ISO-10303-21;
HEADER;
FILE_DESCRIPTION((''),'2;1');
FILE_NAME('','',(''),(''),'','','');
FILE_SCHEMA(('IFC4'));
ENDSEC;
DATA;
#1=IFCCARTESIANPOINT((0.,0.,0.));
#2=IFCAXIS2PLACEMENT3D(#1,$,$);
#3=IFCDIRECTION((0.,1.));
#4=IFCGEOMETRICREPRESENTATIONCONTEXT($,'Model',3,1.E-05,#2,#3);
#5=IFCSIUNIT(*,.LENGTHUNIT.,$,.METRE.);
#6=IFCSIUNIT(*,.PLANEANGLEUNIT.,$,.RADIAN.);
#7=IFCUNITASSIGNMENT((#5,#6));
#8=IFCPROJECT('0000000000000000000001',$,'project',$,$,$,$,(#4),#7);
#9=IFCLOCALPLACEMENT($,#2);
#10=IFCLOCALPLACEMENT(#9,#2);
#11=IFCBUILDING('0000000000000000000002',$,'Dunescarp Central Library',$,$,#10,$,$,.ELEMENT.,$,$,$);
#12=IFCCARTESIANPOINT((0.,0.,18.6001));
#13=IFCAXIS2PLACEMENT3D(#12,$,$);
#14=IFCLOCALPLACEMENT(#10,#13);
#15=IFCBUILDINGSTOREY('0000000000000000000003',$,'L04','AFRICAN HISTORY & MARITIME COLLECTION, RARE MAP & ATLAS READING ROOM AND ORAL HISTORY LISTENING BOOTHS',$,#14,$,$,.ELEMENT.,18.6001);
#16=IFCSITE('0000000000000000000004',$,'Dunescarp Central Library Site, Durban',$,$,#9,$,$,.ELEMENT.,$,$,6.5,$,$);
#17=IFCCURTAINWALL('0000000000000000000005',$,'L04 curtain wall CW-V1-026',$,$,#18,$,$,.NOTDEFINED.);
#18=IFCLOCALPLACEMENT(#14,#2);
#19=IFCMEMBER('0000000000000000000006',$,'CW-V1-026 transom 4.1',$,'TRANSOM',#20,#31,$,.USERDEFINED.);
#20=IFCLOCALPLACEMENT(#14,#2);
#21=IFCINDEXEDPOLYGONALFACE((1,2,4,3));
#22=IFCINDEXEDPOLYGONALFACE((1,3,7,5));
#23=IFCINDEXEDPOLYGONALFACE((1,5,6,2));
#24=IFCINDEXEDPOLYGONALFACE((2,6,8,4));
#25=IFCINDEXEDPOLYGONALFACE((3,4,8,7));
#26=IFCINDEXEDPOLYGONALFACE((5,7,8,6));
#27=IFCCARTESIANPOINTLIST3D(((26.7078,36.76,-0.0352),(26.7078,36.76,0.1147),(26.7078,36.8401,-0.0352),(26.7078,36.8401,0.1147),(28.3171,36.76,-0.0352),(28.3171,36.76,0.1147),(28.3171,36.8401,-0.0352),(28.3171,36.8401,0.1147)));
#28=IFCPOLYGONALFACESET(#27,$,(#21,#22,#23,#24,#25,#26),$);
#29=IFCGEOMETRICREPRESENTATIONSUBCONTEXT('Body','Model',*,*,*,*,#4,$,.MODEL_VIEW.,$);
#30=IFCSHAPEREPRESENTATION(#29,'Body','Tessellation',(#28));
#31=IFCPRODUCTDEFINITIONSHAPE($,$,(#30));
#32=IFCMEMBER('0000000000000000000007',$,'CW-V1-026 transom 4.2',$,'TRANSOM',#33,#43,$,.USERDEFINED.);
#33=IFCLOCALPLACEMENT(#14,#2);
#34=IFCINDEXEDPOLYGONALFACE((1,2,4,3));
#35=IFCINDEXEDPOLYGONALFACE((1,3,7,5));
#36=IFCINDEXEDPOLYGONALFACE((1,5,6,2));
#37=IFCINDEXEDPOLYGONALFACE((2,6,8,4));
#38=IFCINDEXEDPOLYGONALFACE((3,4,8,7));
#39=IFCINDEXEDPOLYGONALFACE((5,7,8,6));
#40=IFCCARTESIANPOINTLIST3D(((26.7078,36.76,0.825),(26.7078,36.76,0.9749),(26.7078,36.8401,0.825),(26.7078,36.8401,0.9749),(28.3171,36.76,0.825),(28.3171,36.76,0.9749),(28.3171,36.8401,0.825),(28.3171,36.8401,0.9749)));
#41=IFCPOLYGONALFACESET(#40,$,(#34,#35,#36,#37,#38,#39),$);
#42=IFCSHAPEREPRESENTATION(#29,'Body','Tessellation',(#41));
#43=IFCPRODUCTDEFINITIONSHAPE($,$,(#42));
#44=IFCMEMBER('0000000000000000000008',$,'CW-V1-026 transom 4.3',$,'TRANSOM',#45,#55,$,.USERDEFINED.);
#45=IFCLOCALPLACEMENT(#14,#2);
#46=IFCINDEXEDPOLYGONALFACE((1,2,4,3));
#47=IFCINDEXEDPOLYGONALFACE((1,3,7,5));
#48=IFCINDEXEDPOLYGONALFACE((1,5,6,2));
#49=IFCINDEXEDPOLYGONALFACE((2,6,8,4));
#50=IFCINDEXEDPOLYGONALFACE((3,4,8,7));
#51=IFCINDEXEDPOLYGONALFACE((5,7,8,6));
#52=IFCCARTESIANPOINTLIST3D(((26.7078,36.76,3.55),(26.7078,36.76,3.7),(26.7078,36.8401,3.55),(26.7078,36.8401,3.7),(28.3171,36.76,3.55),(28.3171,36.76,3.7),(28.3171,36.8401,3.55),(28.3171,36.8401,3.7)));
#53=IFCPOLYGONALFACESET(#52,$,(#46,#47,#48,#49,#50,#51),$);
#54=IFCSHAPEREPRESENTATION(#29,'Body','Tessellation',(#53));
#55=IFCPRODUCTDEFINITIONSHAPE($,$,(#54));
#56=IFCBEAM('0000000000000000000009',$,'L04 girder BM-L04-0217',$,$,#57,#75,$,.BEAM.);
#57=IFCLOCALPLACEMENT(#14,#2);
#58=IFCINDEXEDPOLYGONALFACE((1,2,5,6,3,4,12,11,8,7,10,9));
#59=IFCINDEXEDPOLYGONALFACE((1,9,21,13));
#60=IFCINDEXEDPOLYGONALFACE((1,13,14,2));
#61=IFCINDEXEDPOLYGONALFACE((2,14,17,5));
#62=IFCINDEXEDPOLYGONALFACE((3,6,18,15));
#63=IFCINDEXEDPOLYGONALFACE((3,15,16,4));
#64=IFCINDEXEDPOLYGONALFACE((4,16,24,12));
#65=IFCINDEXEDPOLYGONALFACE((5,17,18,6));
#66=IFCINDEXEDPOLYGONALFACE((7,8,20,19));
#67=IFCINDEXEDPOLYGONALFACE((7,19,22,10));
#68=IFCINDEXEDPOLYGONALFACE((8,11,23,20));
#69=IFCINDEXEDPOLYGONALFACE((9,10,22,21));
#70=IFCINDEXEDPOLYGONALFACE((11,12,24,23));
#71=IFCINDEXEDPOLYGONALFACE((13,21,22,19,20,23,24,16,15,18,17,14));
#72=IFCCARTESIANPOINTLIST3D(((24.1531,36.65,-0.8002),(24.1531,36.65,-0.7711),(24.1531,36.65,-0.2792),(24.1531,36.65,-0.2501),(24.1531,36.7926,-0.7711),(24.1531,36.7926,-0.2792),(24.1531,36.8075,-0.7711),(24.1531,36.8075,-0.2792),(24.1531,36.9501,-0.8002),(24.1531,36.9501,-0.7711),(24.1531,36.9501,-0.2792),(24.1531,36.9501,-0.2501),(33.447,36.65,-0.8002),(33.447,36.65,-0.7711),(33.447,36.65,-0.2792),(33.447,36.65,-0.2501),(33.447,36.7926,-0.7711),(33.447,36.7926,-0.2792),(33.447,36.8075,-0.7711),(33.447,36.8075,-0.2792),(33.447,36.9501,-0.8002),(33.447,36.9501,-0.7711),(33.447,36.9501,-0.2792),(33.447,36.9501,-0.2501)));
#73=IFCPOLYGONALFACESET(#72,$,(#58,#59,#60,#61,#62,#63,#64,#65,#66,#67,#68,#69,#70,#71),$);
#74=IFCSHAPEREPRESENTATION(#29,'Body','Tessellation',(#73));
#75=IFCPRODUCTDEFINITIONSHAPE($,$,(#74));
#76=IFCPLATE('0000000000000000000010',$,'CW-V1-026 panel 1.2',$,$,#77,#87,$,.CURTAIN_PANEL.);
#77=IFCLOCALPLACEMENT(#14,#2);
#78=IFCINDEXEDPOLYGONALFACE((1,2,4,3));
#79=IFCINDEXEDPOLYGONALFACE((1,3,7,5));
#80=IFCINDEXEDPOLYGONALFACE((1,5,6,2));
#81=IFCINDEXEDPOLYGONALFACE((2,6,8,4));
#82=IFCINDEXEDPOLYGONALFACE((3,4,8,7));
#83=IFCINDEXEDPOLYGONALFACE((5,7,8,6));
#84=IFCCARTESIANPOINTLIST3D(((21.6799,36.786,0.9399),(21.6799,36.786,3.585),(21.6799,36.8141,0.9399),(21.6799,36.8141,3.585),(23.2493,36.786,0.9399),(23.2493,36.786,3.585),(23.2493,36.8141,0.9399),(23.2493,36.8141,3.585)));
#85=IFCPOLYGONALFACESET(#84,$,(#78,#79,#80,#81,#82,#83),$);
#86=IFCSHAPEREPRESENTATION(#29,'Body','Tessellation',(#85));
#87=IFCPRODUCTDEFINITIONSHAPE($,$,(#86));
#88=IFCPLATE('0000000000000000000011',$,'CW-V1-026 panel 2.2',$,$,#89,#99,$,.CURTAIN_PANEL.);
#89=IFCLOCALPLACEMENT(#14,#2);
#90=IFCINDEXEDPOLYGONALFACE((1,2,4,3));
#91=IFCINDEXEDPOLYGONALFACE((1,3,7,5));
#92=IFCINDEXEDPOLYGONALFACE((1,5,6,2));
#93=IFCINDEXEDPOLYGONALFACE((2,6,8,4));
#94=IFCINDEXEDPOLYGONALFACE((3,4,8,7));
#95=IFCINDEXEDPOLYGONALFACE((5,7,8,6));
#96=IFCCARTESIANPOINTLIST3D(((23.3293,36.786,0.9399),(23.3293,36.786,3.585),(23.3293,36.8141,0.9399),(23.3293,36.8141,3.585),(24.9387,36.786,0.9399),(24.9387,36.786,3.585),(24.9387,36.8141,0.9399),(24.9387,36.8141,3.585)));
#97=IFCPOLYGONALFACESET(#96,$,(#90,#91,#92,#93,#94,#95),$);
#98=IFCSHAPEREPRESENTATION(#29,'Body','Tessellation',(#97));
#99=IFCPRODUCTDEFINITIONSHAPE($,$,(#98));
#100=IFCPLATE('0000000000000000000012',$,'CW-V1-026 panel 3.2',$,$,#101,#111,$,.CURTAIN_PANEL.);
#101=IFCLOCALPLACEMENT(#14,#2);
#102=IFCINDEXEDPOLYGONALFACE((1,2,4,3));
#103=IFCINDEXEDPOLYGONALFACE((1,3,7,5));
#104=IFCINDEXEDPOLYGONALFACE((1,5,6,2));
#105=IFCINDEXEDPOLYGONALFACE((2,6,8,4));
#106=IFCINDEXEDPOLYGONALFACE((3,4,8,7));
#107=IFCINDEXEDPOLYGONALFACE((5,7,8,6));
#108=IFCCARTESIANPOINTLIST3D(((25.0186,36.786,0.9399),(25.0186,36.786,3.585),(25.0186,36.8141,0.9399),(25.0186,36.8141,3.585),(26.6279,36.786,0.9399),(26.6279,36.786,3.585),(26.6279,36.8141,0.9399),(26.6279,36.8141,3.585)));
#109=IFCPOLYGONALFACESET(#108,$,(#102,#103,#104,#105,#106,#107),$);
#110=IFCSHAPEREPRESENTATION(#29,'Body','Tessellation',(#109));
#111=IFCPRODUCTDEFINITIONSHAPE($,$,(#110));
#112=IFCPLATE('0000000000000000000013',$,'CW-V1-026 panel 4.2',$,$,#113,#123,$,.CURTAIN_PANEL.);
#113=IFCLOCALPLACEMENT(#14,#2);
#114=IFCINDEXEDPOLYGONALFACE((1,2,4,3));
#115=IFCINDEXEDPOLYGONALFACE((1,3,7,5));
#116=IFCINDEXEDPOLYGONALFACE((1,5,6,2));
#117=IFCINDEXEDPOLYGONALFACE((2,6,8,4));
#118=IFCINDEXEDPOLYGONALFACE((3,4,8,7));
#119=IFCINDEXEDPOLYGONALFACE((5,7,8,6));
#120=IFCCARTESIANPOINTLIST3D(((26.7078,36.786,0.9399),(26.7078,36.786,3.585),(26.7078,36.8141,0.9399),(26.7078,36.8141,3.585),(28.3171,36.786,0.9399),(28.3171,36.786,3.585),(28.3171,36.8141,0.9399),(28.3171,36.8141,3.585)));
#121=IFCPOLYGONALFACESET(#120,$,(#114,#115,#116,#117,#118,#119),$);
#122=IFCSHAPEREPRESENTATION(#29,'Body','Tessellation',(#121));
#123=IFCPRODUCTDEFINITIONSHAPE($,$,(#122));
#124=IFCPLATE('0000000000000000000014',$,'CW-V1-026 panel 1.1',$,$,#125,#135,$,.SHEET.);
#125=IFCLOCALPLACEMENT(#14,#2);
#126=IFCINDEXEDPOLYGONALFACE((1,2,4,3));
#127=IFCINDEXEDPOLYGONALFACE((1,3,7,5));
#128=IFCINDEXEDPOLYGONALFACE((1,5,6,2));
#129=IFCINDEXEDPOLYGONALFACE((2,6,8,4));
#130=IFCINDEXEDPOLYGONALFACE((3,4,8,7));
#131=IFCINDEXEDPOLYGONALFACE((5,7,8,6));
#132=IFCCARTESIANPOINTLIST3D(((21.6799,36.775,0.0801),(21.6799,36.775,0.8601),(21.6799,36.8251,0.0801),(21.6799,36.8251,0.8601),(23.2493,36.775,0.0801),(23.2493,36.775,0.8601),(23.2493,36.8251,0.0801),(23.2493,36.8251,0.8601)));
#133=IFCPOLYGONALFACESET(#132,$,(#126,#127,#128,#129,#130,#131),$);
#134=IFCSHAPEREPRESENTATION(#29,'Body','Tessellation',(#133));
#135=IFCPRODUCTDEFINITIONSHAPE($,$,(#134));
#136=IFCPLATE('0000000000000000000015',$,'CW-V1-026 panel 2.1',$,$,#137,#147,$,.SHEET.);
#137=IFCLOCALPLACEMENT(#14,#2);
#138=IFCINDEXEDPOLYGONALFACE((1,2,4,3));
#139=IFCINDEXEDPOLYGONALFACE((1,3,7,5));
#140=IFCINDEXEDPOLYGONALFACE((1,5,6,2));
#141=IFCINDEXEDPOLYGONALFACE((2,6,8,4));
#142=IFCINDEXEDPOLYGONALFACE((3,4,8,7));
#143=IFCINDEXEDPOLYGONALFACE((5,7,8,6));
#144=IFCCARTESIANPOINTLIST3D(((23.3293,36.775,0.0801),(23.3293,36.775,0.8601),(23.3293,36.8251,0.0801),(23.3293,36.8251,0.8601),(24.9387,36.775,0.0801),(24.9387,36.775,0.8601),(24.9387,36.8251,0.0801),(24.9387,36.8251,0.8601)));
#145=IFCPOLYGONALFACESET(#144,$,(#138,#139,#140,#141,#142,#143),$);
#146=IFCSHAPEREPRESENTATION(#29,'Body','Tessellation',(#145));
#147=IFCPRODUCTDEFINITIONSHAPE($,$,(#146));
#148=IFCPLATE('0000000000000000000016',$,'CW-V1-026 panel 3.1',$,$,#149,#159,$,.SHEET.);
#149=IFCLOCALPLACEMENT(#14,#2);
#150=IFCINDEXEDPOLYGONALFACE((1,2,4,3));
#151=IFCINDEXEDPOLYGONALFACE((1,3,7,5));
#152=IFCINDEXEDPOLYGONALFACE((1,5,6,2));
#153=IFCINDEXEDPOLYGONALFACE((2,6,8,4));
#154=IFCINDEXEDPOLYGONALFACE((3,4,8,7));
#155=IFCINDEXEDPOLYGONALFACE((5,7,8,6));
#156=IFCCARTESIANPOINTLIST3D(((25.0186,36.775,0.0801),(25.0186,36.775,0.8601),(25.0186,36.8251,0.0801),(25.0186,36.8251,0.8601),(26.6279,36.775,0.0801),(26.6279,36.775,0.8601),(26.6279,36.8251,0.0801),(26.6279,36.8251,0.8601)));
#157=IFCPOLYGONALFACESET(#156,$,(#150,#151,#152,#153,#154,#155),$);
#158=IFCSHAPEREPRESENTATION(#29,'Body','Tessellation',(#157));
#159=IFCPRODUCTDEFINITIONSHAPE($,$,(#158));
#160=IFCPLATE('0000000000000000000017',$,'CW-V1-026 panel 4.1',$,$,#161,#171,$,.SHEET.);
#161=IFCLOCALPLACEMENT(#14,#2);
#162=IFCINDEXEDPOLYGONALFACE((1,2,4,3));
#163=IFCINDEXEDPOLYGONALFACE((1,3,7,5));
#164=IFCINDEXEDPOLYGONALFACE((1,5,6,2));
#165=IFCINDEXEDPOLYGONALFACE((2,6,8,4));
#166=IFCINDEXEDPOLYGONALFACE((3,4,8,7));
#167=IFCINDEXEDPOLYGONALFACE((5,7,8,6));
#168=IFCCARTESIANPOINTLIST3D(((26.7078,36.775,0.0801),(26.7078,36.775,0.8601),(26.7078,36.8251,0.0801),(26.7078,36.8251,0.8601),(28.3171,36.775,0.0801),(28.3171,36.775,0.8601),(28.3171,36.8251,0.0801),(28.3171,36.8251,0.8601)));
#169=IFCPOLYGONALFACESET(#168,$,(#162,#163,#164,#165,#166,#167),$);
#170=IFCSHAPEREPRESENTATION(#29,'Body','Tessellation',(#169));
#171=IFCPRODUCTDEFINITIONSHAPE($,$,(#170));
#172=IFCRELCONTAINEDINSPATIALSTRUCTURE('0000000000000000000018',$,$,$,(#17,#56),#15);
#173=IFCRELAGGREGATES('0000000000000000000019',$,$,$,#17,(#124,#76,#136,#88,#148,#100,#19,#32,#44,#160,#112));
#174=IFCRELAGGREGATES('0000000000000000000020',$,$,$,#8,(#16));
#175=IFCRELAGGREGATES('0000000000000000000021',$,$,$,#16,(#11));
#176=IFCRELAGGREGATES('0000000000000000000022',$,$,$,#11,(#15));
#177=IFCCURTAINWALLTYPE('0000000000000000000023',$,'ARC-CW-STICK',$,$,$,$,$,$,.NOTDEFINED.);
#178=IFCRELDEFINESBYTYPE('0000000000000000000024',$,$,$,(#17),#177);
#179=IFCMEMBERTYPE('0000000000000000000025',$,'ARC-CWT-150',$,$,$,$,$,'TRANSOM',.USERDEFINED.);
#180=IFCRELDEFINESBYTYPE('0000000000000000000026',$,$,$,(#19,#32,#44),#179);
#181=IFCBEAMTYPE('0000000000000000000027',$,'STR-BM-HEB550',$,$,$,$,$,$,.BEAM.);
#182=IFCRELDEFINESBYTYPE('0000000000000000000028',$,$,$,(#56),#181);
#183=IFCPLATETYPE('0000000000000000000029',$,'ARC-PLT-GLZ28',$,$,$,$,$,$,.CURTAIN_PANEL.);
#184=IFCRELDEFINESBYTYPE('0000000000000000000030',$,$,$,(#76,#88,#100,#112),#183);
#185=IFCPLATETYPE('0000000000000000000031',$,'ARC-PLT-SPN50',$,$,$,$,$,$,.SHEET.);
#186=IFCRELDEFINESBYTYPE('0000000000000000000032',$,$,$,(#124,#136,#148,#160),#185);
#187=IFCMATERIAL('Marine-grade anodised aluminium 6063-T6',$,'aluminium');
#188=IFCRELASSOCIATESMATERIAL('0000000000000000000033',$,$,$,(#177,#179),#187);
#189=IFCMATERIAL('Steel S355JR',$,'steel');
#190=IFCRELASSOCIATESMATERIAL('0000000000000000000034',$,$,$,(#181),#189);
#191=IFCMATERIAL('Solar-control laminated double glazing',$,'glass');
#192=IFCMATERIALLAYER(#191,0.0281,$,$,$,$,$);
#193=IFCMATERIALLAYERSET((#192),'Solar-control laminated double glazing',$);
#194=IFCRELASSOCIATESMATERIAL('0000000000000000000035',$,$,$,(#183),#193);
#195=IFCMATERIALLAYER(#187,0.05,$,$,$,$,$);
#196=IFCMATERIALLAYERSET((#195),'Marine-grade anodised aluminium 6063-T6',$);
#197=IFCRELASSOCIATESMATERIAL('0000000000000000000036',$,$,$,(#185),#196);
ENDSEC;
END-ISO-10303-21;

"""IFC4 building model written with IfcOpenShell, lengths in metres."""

from ifc_helpers import new_model, si_unit, direction, frame, origin, origin_2d, place, context, subcontext, project, spatial, rectangle, i_section, extrude, material, layer, layer_set, material_profile, profile_set, type_object, element, aggregate, save


model = new_model("IFC4")

# Units and contexts
model_context = context("Model", 3, precision=1e-05, world=origin(), true_north=direction((0.0, 1.0)))
body_context = subcontext(model_context, "Body", "Model", "MODEL_VIEW")
ifc_project = project(units=[si_unit("LENGTHUNIT", "METRE"), si_unit("PLANEANGLEUNIT", "RADIAN")], contexts=[model_context])

# Site, building, storey
site_placement = place(None, origin())
site = spatial("IfcSite", under=ifc_project, at=site_placement, Name="Dunescarp Central Library Site, Durban", CompositionType="ELEMENT", RefElevation=6.5)
building_placement = place(site_placement, origin())
building = spatial("IfcBuilding", under=site, at=building_placement, Name="Dunescarp Central Library", CompositionType="ELEMENT")
storey_placement = place(building_placement, frame((0.0, 0.0, 18.6001)))
storey = spatial("IfcBuildingStorey", under=building, at=storey_placement, Name="L04", Description="AFRICAN HISTORY & MARITIME COLLECTION, RARE MAP & ATLAS READING ROOM AND ORAL HISTORY LISTENING BOOTHS", CompositionType="ELEMENT", Elevation=18.6001)

# Shared definitions
ifc_material_1 = material(Name="Steel S355JR", Category="steel")

# Curtain wall, members
ifc_material_2 = material(Name="Marine-grade anodised aluminium 6063-T6", Category="aluminium")
curtain_wall_type = type_object("IfcCurtainWallType", Name="ARC-CW-STICK", PredefinedType="NOTDEFINED", material=ifc_material_2)
curtain_wall_placement = place(storey_placement, origin())
curtain_wall = element("IfcCurtainWall", 1, at=curtain_wall_placement, inside=storey, type_object=curtain_wall_type, Name="L04 curtain wall CW-V1-026", PredefinedType="NOTDEFINED")
ifc_material_profile_1 = material_profile(ifc_material_2, rectangle(XDim=0.0801, YDim=0.1499, at=origin_2d()), Name="AL 80x150")
ifc_profile_set_1 = profile_set([ifc_material_profile_1], Name="Marine-grade anodised aluminium 6063-T6")
member_type_1 = type_object("IfcMemberType", Name="ARC-CWT-150", ElementType="TRANSOM", PredefinedType="USERDEFINED", material=ifc_profile_set_1)
member_1_placement = place(storey_placement, frame((26.7078, 36.8, 0.0398), z_axis=(1.0, 0.0, 0.0), x_axis=(0.0, 1.0, 0.0)))
member_1 = element("IfcMember", 2, at=member_1_placement, type_object=member_type_1, Name="CW-V1-026 transom 4.1", ObjectType="TRANSOM", PredefinedType="USERDEFINED", context=body_context, shape_type="SweptSolid", body=[
    extrude(rectangle(XDim=0.0801, YDim=0.1499, at=origin_2d()), origin(), (0.0, 0.0, 1.0), 1.6094),
])
member_2_placement = place(storey_placement, frame((26.7078, 36.8, 0.8999), z_axis=(1.0, 0.0, 0.0), x_axis=(0.0, 1.0, 0.0)))
member_2 = element("IfcMember", 3, at=member_2_placement, type_object=member_type_1, Name="CW-V1-026 transom 4.2", ObjectType="TRANSOM", PredefinedType="USERDEFINED", context=body_context, shape_type="SweptSolid", body=[
    extrude(rectangle(XDim=0.0801, YDim=0.1499, at=origin_2d()), origin(), (0.0, 0.0, 1.0), 1.6094),
])
member_3_placement = place(storey_placement, frame((26.7078, 36.8, 3.625), z_axis=(1.0, 0.0, 0.0), x_axis=(0.0, 1.0, 0.0)))
member_3 = element("IfcMember", 4, at=member_3_placement, type_object=member_type_1, Name="CW-V1-026 transom 4.3", ObjectType="TRANSOM", PredefinedType="USERDEFINED", context=body_context, shape_type="SweptSolid", body=[
    extrude(rectangle(XDim=0.0801, YDim=0.1499, at=origin_2d()), origin(), (0.0, 0.0, 1.0), 1.6094),
])

# Beam
ifc_material_profile_2 = material_profile(ifc_material_1, i_section(OverallWidth=0.3, OverallDepth=0.55, WebThickness=0.0149, FlangeThickness=0.0291, at=origin_2d()), Name="HEB 550")
ifc_profile_set_2 = profile_set([ifc_material_profile_2], Name="Steel S355JR")
beam_type = type_object("IfcBeamType", Name="STR-BM-HEB550", PredefinedType="BEAM", material=ifc_profile_set_2)
beam_placement = place(storey_placement, frame((24.1531, 36.8, -0.5251), z_axis=(1.0, 0.0, 0.0), x_axis=(0.0, 1.0, 0.0)))
element("IfcBeam", 5, at=beam_placement, inside=storey, type_object=beam_type, Name="L04 girder BM-L04-0217", PredefinedType="BEAM", context=body_context, shape_type="SweptSolid", body=[
    extrude(i_section(OverallWidth=0.3, OverallDepth=0.55, WebThickness=0.0149, FlangeThickness=0.0291, at=origin_2d()), origin(), (0.0, 0.0, 1.0), 9.2939),
])

# Plates
ifc_material_3 = material(Name="Solar-control laminated double glazing", Category="glass")
ifc_layer_1 = layer(ifc_material_3, 0.0281)
ifc_layer_set_1 = layer_set([ifc_layer_1], Name="Solar-control laminated double glazing")
plate_type_1 = type_object("IfcPlateType", Name="ARC-PLT-GLZ28", PredefinedType="CURTAIN_PANEL", material=ifc_layer_set_1)
plate_1_placement = place(storey_placement, frame((22.4646, 36.8, 0.9399), z_axis=(0.0, 0.0, 1.0), x_axis=(1.0, 0.0, 0.0)))
plate_1 = element("IfcPlate", 6, at=plate_1_placement, type_object=plate_type_1, Name="CW-V1-026 panel 1.2", PredefinedType="CURTAIN_PANEL", context=body_context, shape_type="SweptSolid", body=[
    extrude(rectangle(XDim=1.5693, YDim=0.0281, at=origin_2d()), origin(), (0.0, 0.0, 1.0), 2.645),
])
plate_2_placement = place(storey_placement, frame((24.134, 36.8, 0.9399), z_axis=(0.0, 0.0, 1.0), x_axis=(1.0, 0.0, 0.0)))
plate_2 = element("IfcPlate", 7, at=plate_2_placement, type_object=plate_type_1, Name="CW-V1-026 panel 2.2", PredefinedType="CURTAIN_PANEL", context=body_context, shape_type="SweptSolid", body=[
    extrude(rectangle(XDim=1.6094, YDim=0.0281, at=origin_2d()), origin(), (0.0, 0.0, 1.0), 2.645),
])
plate_3_placement = place(storey_placement, frame((25.8232, 36.8, 0.9399), z_axis=(0.0, 0.0, 1.0), x_axis=(1.0, 0.0, 0.0)))
plate_3 = element("IfcPlate", 8, at=plate_3_placement, type_object=plate_type_1, Name="CW-V1-026 panel 3.2", PredefinedType="CURTAIN_PANEL", context=body_context, shape_type="SweptSolid", body=[
    extrude(rectangle(XDim=1.6094, YDim=0.0281, at=origin_2d()), origin(), (0.0, 0.0, 1.0), 2.645),
])
plate_4_placement = place(storey_placement, frame((27.5125, 36.8, 0.9399), z_axis=(0.0, 0.0, 1.0), x_axis=(1.0, 0.0, 0.0)))
plate_4 = element("IfcPlate", 9, at=plate_4_placement, type_object=plate_type_1, Name="CW-V1-026 panel 4.2", PredefinedType="CURTAIN_PANEL", context=body_context, shape_type="SweptSolid", body=[
    extrude(rectangle(XDim=1.6094, YDim=0.0281, at=origin_2d()), origin(), (0.0, 0.0, 1.0), 2.645),
])
ifc_layer_2 = layer(ifc_material_2, 0.05)
ifc_layer_set_2 = layer_set([ifc_layer_2], Name="Marine-grade anodised aluminium 6063-T6")
plate_type_2 = type_object("IfcPlateType", Name="ARC-PLT-SPN50", PredefinedType="SHEET", material=ifc_layer_set_2)
plate_5_placement = place(storey_placement, frame((22.4646, 36.8, 0.0801), z_axis=(0.0, 0.0, 1.0), x_axis=(1.0, 0.0, 0.0)))
plate_5 = element("IfcPlate", 10, at=plate_5_placement, type_object=plate_type_2, Name="CW-V1-026 panel 1.1", PredefinedType="SHEET", context=body_context, shape_type="SweptSolid", body=[
    extrude(rectangle(XDim=1.5693, YDim=0.05, at=origin_2d()), origin(), (0.0, 0.0, 1.0), 0.78),
])
plate_6_placement = place(storey_placement, frame((24.134, 36.8, 0.0801), z_axis=(0.0, 0.0, 1.0), x_axis=(1.0, 0.0, 0.0)))
plate_6 = element("IfcPlate", 11, at=plate_6_placement, type_object=plate_type_2, Name="CW-V1-026 panel 2.1", PredefinedType="SHEET", context=body_context, shape_type="SweptSolid", body=[
    extrude(rectangle(XDim=1.6094, YDim=0.05, at=origin_2d()), origin(), (0.0, 0.0, 1.0), 0.78),
])
plate_7_placement = place(storey_placement, frame((25.8232, 36.8, 0.0801), z_axis=(0.0, 0.0, 1.0), x_axis=(1.0, 0.0, 0.0)))
plate_7 = element("IfcPlate", 12, at=plate_7_placement, type_object=plate_type_2, Name="CW-V1-026 panel 3.1", PredefinedType="SHEET", context=body_context, shape_type="SweptSolid", body=[
    extrude(rectangle(XDim=1.6094, YDim=0.05, at=origin_2d()), origin(), (0.0, 0.0, 1.0), 0.78),
])
plate_8_placement = place(storey_placement, frame((27.5125, 36.8, 0.0801), z_axis=(0.0, 0.0, 1.0), x_axis=(1.0, 0.0, 0.0)))
plate_8 = element("IfcPlate", 13, at=plate_8_placement, type_object=plate_type_2, Name="CW-V1-026 panel 4.1", PredefinedType="SHEET", context=body_context, shape_type="SweptSolid", body=[
    extrude(rectangle(XDim=1.6094, YDim=0.05, at=origin_2d()), origin(), (0.0, 0.0, 1.0), 0.78),
])
aggregate(curtain_wall, [plate_5, plate_1, plate_6, plate_2, plate_7, plate_3, member_1, member_2, member_3, plate_8, plate_4])

save(model, "model.ifc")
